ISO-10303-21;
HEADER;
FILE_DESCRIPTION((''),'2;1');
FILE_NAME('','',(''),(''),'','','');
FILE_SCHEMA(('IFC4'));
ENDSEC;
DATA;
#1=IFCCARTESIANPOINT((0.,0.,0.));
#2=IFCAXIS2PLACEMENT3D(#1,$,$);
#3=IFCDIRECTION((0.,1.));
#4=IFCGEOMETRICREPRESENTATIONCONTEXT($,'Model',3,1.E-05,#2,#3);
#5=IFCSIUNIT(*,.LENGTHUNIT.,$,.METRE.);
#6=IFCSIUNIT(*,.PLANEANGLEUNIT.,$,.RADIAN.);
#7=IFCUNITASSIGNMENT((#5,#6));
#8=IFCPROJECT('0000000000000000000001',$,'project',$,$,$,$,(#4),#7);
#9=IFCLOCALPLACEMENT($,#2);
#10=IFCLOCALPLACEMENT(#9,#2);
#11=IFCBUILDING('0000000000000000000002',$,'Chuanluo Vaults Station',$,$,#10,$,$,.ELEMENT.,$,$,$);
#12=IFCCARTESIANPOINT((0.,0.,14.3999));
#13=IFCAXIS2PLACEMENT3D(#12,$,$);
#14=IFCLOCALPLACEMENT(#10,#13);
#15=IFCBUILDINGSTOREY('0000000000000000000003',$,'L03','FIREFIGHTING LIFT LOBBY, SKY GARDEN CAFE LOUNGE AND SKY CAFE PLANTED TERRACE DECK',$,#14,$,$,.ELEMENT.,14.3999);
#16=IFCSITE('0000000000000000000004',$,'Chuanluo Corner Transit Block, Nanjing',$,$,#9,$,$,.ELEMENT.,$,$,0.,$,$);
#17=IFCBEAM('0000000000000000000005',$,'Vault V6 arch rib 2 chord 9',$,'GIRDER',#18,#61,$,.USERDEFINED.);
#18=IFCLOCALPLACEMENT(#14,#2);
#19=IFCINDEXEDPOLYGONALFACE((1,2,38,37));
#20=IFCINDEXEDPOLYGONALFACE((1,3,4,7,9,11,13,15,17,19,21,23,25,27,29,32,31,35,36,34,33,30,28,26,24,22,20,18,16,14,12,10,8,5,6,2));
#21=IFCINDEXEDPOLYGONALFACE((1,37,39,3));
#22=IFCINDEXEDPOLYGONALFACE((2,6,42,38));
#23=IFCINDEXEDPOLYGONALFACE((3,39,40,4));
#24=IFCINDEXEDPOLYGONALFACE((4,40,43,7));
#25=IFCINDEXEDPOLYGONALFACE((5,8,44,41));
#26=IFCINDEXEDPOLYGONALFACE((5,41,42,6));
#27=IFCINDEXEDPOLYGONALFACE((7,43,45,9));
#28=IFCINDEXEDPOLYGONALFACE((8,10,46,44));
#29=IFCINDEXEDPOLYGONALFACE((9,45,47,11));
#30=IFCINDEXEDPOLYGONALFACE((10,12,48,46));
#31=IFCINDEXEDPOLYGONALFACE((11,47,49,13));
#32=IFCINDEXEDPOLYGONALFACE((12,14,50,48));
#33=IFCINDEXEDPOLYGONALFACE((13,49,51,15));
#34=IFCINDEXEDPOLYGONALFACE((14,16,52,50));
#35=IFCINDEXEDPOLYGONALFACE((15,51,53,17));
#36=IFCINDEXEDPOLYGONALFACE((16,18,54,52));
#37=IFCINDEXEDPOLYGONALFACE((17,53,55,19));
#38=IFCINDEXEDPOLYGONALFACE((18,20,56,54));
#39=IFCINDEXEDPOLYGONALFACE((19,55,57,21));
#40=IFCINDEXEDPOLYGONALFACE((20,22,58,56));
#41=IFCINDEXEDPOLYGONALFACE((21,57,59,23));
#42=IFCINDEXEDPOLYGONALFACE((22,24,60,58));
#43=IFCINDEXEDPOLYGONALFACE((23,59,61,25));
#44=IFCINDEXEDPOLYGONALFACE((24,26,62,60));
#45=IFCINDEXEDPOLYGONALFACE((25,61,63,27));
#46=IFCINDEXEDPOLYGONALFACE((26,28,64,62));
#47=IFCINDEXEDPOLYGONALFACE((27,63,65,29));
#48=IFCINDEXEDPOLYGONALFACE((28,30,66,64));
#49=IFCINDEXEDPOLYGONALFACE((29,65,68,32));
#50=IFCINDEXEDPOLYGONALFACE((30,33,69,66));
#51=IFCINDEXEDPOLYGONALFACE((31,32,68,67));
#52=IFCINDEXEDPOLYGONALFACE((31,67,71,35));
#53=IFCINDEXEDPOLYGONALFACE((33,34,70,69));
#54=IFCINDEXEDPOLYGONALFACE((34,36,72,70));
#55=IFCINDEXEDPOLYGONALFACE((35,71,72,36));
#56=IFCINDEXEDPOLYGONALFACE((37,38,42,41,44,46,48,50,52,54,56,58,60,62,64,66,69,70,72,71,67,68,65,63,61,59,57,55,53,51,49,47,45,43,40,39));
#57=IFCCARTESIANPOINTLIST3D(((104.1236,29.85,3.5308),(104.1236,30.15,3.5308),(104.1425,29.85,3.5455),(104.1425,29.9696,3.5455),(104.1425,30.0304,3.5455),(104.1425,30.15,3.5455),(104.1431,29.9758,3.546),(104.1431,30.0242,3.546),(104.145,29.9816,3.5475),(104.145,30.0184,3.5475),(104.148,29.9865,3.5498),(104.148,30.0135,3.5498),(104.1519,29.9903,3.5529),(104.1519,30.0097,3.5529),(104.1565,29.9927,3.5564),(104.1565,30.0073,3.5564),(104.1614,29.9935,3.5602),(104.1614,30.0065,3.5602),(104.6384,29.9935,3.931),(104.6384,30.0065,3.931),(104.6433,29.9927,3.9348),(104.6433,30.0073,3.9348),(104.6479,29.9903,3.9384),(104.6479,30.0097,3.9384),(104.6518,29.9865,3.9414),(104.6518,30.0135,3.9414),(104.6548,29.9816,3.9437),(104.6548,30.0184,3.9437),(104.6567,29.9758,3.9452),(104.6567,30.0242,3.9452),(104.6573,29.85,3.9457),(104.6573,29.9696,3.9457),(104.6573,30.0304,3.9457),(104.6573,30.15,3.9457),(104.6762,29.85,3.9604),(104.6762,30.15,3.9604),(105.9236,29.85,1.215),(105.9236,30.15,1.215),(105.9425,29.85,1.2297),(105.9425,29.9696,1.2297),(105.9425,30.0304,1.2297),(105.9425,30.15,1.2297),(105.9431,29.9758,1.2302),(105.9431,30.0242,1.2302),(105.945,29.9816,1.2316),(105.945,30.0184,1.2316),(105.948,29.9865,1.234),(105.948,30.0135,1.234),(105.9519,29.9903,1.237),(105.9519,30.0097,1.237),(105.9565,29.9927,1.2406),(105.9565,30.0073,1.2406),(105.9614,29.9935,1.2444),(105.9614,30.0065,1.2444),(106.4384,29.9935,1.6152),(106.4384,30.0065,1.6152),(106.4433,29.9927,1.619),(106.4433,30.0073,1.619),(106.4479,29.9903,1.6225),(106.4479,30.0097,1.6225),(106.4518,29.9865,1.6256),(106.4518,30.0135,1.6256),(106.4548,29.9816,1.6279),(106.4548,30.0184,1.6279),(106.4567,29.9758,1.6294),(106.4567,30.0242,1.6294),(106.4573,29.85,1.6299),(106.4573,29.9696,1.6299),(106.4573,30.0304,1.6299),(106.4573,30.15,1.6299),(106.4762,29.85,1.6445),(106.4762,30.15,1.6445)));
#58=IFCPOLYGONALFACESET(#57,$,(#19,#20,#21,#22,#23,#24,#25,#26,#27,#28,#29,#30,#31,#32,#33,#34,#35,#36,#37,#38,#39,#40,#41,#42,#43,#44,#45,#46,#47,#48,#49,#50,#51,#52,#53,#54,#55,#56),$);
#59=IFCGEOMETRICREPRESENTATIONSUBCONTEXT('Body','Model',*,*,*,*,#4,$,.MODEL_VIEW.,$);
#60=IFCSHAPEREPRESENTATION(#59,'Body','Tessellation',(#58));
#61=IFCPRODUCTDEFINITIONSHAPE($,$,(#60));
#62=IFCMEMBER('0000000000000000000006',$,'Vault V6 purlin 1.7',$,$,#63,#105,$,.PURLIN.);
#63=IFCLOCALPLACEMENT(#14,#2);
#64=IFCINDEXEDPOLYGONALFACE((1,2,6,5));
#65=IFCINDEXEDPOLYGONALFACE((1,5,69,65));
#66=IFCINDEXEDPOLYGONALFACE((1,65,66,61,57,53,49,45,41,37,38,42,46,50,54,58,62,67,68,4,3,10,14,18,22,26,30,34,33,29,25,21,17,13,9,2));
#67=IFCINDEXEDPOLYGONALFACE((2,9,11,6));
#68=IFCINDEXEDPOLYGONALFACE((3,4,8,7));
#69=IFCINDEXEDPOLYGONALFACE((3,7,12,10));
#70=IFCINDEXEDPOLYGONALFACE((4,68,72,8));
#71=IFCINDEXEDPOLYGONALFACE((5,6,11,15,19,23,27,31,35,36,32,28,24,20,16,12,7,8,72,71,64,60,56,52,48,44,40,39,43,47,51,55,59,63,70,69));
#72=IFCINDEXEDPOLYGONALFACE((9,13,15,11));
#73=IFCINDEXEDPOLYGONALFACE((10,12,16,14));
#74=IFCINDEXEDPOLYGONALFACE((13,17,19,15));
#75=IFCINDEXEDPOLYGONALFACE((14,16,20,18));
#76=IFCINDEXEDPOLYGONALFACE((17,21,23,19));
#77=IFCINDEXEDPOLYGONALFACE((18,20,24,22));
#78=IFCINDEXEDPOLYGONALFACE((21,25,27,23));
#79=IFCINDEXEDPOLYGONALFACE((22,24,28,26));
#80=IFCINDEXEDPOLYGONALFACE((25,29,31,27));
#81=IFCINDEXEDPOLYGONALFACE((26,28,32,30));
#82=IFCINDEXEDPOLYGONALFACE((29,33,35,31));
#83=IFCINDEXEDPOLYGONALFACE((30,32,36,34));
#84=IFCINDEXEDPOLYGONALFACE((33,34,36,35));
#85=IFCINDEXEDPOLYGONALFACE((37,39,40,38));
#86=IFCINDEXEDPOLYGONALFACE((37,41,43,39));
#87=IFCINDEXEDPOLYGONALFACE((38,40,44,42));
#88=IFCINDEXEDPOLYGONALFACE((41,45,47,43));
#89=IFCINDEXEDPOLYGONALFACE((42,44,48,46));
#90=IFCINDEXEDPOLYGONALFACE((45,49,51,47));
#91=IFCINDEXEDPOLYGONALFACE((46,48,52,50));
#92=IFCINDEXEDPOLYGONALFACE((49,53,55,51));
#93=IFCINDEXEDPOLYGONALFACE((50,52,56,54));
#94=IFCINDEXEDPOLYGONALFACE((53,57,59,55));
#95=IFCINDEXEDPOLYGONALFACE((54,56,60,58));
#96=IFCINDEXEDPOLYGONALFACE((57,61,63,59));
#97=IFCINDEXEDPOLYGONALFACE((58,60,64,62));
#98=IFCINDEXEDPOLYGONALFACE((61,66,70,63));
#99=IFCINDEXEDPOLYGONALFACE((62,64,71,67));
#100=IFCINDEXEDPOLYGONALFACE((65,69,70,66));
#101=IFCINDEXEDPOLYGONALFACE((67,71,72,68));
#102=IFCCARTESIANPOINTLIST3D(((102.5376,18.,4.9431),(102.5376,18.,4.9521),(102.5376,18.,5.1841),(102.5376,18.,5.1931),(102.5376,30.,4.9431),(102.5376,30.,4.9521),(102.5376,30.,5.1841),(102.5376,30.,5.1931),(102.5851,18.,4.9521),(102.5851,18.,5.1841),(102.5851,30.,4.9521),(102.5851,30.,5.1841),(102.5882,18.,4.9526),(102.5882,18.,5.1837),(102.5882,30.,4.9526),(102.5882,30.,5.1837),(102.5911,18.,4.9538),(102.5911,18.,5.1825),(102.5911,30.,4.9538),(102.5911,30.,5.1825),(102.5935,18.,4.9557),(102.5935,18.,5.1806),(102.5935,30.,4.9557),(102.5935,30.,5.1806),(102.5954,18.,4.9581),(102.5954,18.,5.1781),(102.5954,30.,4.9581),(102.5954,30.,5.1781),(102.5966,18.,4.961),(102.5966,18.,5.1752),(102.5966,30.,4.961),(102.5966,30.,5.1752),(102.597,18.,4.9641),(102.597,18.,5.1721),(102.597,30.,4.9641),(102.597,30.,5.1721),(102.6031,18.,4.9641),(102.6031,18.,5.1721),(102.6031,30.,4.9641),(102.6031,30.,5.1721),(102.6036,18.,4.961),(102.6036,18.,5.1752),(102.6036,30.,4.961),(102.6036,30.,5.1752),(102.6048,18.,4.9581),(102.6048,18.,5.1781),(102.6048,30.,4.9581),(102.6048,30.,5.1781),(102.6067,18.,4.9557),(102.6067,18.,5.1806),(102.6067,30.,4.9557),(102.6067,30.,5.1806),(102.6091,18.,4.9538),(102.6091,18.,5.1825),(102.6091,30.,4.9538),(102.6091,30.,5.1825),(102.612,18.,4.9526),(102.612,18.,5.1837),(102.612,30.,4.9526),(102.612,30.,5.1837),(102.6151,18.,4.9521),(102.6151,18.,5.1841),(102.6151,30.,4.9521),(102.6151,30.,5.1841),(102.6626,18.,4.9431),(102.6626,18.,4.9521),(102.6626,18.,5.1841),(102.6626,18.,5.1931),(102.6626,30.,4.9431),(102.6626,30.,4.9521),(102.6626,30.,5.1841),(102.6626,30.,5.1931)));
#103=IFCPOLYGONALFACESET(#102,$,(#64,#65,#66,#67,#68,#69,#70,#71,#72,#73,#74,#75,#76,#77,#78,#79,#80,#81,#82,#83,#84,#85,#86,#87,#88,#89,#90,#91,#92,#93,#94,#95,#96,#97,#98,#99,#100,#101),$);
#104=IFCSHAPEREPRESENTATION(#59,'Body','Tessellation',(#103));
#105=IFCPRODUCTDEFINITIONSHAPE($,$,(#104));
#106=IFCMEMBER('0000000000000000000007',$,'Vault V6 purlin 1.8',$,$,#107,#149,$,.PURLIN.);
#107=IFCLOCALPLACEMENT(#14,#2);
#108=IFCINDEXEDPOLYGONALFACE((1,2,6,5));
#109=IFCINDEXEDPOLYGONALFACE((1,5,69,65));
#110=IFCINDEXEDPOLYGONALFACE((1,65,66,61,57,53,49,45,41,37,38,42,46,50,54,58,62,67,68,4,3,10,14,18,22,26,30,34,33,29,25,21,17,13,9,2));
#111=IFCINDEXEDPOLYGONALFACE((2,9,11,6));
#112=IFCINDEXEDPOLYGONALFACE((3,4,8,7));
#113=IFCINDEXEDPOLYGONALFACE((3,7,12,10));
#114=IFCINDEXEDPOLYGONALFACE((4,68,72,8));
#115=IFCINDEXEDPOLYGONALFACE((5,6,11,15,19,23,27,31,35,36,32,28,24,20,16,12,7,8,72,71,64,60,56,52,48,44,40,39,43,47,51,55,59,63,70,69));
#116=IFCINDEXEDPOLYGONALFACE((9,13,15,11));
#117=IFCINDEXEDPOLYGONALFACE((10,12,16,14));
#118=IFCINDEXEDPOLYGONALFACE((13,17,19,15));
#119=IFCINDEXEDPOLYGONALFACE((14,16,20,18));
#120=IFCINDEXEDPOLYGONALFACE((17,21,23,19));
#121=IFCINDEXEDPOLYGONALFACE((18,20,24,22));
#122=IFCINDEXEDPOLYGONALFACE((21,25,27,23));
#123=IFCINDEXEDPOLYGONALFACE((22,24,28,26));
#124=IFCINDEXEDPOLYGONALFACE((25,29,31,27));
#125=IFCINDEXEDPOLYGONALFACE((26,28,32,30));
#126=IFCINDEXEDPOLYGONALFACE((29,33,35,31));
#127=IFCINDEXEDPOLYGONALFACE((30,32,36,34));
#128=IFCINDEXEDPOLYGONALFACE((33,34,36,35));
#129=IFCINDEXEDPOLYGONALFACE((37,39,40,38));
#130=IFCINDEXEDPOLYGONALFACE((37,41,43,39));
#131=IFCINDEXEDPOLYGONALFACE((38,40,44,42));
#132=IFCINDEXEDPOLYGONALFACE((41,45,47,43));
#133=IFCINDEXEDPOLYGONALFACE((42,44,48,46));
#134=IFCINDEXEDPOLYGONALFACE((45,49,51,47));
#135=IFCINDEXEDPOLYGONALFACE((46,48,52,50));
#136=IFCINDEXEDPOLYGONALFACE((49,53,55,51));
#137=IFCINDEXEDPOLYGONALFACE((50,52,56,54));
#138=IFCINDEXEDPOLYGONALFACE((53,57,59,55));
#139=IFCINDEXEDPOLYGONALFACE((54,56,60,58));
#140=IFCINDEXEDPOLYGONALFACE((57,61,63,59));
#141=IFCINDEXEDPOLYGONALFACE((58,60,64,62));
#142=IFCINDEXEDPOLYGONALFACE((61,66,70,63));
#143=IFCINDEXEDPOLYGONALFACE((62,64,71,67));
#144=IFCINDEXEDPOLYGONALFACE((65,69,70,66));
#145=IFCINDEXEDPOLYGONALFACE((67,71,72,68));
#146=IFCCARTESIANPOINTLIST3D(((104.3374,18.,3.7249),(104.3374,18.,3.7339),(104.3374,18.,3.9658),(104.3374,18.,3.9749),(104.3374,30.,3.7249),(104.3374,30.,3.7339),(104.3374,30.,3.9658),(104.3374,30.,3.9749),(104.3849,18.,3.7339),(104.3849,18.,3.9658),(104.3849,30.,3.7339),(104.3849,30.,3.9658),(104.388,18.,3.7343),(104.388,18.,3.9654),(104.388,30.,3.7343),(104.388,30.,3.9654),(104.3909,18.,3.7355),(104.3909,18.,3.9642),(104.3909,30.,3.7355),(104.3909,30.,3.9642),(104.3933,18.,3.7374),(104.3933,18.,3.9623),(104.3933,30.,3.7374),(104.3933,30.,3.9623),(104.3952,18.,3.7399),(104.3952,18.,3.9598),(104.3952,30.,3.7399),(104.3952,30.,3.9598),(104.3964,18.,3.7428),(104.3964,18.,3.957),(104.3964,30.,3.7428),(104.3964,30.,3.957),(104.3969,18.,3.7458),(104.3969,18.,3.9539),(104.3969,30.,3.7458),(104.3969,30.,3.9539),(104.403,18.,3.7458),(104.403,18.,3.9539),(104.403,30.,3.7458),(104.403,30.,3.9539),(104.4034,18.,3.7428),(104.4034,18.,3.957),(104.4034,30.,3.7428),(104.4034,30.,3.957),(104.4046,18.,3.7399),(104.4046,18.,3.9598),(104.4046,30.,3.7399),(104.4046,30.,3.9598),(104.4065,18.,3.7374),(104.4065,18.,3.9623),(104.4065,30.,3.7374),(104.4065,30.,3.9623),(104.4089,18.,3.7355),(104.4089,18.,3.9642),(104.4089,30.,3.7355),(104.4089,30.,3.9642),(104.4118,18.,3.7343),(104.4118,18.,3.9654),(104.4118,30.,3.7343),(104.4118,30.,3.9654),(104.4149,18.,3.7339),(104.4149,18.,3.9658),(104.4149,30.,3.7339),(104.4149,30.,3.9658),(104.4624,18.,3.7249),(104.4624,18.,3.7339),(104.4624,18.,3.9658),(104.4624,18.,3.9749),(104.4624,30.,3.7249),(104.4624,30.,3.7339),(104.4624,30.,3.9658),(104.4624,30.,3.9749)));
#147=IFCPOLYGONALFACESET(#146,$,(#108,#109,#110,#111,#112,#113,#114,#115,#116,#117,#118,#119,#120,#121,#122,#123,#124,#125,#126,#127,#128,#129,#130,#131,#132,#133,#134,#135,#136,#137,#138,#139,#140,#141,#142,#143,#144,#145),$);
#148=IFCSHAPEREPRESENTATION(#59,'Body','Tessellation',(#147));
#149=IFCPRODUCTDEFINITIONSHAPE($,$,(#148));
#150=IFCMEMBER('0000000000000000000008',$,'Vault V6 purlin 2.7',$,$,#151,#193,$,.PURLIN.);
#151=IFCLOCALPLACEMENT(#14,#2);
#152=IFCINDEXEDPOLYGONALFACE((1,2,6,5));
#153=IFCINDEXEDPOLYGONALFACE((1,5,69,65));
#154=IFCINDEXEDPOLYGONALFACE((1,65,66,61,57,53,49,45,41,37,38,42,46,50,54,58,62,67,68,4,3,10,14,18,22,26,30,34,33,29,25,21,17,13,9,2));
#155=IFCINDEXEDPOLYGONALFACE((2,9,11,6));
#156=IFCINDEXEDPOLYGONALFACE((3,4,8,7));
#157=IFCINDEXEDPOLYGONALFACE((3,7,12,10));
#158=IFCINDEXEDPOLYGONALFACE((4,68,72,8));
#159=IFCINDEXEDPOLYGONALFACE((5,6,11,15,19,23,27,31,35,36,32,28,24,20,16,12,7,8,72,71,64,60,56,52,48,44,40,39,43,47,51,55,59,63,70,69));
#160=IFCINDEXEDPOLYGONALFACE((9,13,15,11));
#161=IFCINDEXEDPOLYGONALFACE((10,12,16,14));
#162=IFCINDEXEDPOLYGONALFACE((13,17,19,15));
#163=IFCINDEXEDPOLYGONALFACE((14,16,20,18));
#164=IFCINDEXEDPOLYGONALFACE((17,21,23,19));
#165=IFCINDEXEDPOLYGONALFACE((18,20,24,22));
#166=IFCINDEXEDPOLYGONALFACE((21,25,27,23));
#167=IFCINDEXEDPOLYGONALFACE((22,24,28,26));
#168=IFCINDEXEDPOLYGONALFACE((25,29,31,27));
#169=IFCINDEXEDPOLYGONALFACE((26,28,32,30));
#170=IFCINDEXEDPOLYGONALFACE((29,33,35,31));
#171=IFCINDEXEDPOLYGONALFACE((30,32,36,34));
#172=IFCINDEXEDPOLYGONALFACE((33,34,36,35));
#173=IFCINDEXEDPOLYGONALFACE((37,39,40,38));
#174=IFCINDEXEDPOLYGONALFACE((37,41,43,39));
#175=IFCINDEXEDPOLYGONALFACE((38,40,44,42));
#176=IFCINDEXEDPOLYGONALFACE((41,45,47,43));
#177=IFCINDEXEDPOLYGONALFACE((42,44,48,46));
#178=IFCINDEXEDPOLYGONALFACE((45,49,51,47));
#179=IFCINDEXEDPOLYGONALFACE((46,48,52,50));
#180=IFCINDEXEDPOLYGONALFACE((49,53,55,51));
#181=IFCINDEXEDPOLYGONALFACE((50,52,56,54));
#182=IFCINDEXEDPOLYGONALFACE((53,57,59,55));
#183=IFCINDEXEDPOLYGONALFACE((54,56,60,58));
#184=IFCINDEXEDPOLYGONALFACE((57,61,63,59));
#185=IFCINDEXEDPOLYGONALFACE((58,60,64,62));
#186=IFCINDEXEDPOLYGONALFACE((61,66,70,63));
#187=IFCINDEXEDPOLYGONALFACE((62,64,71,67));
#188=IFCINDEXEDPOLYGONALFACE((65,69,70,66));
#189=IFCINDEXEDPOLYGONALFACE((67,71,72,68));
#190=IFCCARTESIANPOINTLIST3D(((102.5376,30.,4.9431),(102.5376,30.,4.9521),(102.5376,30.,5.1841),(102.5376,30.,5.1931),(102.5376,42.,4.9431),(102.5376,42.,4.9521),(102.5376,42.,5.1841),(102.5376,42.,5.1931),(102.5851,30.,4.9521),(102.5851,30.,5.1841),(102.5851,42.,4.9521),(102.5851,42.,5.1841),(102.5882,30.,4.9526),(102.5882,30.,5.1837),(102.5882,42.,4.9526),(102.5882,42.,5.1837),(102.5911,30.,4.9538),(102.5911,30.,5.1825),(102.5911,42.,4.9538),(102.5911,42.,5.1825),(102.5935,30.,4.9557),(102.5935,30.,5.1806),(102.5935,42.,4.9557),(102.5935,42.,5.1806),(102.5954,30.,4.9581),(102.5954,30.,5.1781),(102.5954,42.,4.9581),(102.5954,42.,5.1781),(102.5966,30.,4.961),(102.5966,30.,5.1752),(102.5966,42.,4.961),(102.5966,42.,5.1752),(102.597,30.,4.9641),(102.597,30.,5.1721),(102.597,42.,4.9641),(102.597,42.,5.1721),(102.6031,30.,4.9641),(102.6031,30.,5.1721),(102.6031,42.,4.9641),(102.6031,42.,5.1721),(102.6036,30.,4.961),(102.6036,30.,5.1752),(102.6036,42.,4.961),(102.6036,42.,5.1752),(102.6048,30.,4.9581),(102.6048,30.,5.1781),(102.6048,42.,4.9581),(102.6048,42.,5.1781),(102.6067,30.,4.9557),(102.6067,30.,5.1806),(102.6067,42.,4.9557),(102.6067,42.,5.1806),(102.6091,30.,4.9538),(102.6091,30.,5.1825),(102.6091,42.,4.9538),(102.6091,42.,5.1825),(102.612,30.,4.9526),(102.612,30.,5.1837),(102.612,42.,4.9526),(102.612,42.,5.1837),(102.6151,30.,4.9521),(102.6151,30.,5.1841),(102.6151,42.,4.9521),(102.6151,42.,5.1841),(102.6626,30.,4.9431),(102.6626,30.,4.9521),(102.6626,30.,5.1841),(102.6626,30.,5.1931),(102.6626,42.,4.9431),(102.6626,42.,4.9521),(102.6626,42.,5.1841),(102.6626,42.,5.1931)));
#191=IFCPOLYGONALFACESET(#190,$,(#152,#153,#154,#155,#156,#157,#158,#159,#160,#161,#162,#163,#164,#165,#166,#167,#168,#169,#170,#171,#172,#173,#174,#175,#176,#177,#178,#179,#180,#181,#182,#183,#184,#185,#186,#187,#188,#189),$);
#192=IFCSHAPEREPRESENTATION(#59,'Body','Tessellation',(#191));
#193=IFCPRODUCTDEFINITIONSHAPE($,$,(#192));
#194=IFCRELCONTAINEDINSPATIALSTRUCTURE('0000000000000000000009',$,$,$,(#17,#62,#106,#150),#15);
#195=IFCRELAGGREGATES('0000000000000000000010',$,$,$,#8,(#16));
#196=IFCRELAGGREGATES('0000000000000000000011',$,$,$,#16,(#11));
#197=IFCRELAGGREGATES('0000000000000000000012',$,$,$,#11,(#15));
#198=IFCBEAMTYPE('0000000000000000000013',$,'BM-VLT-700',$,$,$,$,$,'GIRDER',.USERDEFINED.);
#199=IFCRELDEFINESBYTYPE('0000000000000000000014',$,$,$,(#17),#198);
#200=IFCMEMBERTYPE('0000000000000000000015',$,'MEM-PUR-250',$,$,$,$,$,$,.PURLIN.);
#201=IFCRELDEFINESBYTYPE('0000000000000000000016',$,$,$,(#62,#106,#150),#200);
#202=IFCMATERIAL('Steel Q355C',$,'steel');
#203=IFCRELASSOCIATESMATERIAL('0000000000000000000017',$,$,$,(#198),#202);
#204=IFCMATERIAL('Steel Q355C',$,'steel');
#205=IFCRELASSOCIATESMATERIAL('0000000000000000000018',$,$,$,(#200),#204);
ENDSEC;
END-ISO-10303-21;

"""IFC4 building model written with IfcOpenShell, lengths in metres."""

from ifc_helpers import new_model, si_unit, direction, frame, origin, origin_2d, place, context, subcontext, project, spatial, i_section, extrude, material, material_profile, profile_set, type_object, element, save


model = new_model("IFC4")

# Units and contexts
model_context = context("Model", 3, precision=1e-05, world=origin(), true_north=direction((0.0, 1.0)))
body_context = subcontext(model_context, "Body", "Model", "MODEL_VIEW")
ifc_project = project(units=[si_unit("LENGTHUNIT", "METRE"), si_unit("PLANEANGLEUNIT", "RADIAN")], contexts=[model_context])

# Site, building, storey
site_placement = place(None, origin())
site = spatial("IfcSite", under=ifc_project, at=site_placement, Name="Chuanluo Corner Transit Block, Nanjing", CompositionType="ELEMENT", RefElevation=0.0)
building_placement = place(site_placement, origin())
building = spatial("IfcBuilding", under=site, at=building_placement, Name="Chuanluo Vaults Station", CompositionType="ELEMENT")
storey_placement = place(building_placement, frame((0.0, 0.0, 14.3999)))
storey = spatial("IfcBuildingStorey", under=building, at=storey_placement, Name="L03", Description="FIREFIGHTING LIFT LOBBY, SKY GARDEN CAFE LOUNGE AND SKY CAFE PLANTED TERRACE DECK", CompositionType="ELEMENT", Elevation=14.3999)

# Beam
ifc_material_1 = material(Name="Steel Q355C", Category="steel")
ifc_material_profile_1 = material_profile(ifc_material_1, i_section(OverallWidth=0.3, OverallDepth=0.7, WebThickness=0.0129, FlangeThickness=0.0239, FilletRadius=0.0239, at=origin_2d()))
ifc_profile_set_1 = profile_set([ifc_material_profile_1], Name="Steel Q355C")
beam_type = type_object("IfcBeamType", Name="BM-VLT-700", ElementType="GIRDER", PredefinedType="USERDEFINED", material=ifc_profile_set_1)
beam_1_placement = place(storey_placement, frame((104.3999, 30.0, 3.7456), z_axis=(0.613681, 0.0, -0.789554), x_axis=(0.0, 1.0, 0.0)))
element("IfcBeam", 1, at=beam_1_placement, inside=storey, type_object=beam_type, Name="Vault V6 arch rib 2 chord 9", ObjectType="GIRDER", PredefinedType="USERDEFINED", context=body_context, shape_type="SweptSolid", body=[
    extrude(i_section(OverallWidth=0.3, OverallDepth=0.7, WebThickness=0.0129, FlangeThickness=0.0239, FilletRadius=0.0239, at=origin_2d()), origin(), (0.0, 0.0, 1.0), 2.9331),
])

# Members
ifc_material_2 = material(Name="Steel Q355C", Category="steel")
ifc_material_profile_2 = material_profile(ifc_material_2, i_section(OverallWidth=0.125, OverallDepth=0.25, WebThickness=0.0061, FlangeThickness=0.009, FilletRadius=0.012, at=origin_2d()))
ifc_profile_set_2 = profile_set([ifc_material_profile_2], Name="Steel Q355C")
member_type_1 = type_object("IfcMemberType", Name="MEM-PUR-250", PredefinedType="PURLIN", material=ifc_profile_set_2)
for number, where, z_axis, x_axis, name in (
    (2, (102.6001, 18.0, 5.0681), (0.0, 1.0, 0.0), (-1.0, 0.0, 0.0), "Vault V6 purlin 1.7"),
    (3, (104.3999, 18.0, 3.8499), (0.0, 1.0, 0.0), (-1.0, 0.0, 0.0), "Vault V6 purlin 1.8"),
    (4, (102.6001, 30.0, 5.0681), (0.0, 1.0, 0.0), (-1.0, 0.0, 0.0), "Vault V6 purlin 2.7"),
):
    element("IfcMember", number, at=place(storey_placement, frame(where, z_axis=z_axis, x_axis=x_axis)), inside=storey, type_object=member_type_1, Name=name, PredefinedType="PURLIN", context=body_context, shape_type="SweptSolid", body=[
        extrude(i_section(OverallWidth=0.125, OverallDepth=0.25, WebThickness=0.0061, FlangeThickness=0.009, FilletRadius=0.012, at=origin_2d()), origin(), (0.0, 0.0, 1.0), 12.0),
    ])

save(model, "model.ifc")
